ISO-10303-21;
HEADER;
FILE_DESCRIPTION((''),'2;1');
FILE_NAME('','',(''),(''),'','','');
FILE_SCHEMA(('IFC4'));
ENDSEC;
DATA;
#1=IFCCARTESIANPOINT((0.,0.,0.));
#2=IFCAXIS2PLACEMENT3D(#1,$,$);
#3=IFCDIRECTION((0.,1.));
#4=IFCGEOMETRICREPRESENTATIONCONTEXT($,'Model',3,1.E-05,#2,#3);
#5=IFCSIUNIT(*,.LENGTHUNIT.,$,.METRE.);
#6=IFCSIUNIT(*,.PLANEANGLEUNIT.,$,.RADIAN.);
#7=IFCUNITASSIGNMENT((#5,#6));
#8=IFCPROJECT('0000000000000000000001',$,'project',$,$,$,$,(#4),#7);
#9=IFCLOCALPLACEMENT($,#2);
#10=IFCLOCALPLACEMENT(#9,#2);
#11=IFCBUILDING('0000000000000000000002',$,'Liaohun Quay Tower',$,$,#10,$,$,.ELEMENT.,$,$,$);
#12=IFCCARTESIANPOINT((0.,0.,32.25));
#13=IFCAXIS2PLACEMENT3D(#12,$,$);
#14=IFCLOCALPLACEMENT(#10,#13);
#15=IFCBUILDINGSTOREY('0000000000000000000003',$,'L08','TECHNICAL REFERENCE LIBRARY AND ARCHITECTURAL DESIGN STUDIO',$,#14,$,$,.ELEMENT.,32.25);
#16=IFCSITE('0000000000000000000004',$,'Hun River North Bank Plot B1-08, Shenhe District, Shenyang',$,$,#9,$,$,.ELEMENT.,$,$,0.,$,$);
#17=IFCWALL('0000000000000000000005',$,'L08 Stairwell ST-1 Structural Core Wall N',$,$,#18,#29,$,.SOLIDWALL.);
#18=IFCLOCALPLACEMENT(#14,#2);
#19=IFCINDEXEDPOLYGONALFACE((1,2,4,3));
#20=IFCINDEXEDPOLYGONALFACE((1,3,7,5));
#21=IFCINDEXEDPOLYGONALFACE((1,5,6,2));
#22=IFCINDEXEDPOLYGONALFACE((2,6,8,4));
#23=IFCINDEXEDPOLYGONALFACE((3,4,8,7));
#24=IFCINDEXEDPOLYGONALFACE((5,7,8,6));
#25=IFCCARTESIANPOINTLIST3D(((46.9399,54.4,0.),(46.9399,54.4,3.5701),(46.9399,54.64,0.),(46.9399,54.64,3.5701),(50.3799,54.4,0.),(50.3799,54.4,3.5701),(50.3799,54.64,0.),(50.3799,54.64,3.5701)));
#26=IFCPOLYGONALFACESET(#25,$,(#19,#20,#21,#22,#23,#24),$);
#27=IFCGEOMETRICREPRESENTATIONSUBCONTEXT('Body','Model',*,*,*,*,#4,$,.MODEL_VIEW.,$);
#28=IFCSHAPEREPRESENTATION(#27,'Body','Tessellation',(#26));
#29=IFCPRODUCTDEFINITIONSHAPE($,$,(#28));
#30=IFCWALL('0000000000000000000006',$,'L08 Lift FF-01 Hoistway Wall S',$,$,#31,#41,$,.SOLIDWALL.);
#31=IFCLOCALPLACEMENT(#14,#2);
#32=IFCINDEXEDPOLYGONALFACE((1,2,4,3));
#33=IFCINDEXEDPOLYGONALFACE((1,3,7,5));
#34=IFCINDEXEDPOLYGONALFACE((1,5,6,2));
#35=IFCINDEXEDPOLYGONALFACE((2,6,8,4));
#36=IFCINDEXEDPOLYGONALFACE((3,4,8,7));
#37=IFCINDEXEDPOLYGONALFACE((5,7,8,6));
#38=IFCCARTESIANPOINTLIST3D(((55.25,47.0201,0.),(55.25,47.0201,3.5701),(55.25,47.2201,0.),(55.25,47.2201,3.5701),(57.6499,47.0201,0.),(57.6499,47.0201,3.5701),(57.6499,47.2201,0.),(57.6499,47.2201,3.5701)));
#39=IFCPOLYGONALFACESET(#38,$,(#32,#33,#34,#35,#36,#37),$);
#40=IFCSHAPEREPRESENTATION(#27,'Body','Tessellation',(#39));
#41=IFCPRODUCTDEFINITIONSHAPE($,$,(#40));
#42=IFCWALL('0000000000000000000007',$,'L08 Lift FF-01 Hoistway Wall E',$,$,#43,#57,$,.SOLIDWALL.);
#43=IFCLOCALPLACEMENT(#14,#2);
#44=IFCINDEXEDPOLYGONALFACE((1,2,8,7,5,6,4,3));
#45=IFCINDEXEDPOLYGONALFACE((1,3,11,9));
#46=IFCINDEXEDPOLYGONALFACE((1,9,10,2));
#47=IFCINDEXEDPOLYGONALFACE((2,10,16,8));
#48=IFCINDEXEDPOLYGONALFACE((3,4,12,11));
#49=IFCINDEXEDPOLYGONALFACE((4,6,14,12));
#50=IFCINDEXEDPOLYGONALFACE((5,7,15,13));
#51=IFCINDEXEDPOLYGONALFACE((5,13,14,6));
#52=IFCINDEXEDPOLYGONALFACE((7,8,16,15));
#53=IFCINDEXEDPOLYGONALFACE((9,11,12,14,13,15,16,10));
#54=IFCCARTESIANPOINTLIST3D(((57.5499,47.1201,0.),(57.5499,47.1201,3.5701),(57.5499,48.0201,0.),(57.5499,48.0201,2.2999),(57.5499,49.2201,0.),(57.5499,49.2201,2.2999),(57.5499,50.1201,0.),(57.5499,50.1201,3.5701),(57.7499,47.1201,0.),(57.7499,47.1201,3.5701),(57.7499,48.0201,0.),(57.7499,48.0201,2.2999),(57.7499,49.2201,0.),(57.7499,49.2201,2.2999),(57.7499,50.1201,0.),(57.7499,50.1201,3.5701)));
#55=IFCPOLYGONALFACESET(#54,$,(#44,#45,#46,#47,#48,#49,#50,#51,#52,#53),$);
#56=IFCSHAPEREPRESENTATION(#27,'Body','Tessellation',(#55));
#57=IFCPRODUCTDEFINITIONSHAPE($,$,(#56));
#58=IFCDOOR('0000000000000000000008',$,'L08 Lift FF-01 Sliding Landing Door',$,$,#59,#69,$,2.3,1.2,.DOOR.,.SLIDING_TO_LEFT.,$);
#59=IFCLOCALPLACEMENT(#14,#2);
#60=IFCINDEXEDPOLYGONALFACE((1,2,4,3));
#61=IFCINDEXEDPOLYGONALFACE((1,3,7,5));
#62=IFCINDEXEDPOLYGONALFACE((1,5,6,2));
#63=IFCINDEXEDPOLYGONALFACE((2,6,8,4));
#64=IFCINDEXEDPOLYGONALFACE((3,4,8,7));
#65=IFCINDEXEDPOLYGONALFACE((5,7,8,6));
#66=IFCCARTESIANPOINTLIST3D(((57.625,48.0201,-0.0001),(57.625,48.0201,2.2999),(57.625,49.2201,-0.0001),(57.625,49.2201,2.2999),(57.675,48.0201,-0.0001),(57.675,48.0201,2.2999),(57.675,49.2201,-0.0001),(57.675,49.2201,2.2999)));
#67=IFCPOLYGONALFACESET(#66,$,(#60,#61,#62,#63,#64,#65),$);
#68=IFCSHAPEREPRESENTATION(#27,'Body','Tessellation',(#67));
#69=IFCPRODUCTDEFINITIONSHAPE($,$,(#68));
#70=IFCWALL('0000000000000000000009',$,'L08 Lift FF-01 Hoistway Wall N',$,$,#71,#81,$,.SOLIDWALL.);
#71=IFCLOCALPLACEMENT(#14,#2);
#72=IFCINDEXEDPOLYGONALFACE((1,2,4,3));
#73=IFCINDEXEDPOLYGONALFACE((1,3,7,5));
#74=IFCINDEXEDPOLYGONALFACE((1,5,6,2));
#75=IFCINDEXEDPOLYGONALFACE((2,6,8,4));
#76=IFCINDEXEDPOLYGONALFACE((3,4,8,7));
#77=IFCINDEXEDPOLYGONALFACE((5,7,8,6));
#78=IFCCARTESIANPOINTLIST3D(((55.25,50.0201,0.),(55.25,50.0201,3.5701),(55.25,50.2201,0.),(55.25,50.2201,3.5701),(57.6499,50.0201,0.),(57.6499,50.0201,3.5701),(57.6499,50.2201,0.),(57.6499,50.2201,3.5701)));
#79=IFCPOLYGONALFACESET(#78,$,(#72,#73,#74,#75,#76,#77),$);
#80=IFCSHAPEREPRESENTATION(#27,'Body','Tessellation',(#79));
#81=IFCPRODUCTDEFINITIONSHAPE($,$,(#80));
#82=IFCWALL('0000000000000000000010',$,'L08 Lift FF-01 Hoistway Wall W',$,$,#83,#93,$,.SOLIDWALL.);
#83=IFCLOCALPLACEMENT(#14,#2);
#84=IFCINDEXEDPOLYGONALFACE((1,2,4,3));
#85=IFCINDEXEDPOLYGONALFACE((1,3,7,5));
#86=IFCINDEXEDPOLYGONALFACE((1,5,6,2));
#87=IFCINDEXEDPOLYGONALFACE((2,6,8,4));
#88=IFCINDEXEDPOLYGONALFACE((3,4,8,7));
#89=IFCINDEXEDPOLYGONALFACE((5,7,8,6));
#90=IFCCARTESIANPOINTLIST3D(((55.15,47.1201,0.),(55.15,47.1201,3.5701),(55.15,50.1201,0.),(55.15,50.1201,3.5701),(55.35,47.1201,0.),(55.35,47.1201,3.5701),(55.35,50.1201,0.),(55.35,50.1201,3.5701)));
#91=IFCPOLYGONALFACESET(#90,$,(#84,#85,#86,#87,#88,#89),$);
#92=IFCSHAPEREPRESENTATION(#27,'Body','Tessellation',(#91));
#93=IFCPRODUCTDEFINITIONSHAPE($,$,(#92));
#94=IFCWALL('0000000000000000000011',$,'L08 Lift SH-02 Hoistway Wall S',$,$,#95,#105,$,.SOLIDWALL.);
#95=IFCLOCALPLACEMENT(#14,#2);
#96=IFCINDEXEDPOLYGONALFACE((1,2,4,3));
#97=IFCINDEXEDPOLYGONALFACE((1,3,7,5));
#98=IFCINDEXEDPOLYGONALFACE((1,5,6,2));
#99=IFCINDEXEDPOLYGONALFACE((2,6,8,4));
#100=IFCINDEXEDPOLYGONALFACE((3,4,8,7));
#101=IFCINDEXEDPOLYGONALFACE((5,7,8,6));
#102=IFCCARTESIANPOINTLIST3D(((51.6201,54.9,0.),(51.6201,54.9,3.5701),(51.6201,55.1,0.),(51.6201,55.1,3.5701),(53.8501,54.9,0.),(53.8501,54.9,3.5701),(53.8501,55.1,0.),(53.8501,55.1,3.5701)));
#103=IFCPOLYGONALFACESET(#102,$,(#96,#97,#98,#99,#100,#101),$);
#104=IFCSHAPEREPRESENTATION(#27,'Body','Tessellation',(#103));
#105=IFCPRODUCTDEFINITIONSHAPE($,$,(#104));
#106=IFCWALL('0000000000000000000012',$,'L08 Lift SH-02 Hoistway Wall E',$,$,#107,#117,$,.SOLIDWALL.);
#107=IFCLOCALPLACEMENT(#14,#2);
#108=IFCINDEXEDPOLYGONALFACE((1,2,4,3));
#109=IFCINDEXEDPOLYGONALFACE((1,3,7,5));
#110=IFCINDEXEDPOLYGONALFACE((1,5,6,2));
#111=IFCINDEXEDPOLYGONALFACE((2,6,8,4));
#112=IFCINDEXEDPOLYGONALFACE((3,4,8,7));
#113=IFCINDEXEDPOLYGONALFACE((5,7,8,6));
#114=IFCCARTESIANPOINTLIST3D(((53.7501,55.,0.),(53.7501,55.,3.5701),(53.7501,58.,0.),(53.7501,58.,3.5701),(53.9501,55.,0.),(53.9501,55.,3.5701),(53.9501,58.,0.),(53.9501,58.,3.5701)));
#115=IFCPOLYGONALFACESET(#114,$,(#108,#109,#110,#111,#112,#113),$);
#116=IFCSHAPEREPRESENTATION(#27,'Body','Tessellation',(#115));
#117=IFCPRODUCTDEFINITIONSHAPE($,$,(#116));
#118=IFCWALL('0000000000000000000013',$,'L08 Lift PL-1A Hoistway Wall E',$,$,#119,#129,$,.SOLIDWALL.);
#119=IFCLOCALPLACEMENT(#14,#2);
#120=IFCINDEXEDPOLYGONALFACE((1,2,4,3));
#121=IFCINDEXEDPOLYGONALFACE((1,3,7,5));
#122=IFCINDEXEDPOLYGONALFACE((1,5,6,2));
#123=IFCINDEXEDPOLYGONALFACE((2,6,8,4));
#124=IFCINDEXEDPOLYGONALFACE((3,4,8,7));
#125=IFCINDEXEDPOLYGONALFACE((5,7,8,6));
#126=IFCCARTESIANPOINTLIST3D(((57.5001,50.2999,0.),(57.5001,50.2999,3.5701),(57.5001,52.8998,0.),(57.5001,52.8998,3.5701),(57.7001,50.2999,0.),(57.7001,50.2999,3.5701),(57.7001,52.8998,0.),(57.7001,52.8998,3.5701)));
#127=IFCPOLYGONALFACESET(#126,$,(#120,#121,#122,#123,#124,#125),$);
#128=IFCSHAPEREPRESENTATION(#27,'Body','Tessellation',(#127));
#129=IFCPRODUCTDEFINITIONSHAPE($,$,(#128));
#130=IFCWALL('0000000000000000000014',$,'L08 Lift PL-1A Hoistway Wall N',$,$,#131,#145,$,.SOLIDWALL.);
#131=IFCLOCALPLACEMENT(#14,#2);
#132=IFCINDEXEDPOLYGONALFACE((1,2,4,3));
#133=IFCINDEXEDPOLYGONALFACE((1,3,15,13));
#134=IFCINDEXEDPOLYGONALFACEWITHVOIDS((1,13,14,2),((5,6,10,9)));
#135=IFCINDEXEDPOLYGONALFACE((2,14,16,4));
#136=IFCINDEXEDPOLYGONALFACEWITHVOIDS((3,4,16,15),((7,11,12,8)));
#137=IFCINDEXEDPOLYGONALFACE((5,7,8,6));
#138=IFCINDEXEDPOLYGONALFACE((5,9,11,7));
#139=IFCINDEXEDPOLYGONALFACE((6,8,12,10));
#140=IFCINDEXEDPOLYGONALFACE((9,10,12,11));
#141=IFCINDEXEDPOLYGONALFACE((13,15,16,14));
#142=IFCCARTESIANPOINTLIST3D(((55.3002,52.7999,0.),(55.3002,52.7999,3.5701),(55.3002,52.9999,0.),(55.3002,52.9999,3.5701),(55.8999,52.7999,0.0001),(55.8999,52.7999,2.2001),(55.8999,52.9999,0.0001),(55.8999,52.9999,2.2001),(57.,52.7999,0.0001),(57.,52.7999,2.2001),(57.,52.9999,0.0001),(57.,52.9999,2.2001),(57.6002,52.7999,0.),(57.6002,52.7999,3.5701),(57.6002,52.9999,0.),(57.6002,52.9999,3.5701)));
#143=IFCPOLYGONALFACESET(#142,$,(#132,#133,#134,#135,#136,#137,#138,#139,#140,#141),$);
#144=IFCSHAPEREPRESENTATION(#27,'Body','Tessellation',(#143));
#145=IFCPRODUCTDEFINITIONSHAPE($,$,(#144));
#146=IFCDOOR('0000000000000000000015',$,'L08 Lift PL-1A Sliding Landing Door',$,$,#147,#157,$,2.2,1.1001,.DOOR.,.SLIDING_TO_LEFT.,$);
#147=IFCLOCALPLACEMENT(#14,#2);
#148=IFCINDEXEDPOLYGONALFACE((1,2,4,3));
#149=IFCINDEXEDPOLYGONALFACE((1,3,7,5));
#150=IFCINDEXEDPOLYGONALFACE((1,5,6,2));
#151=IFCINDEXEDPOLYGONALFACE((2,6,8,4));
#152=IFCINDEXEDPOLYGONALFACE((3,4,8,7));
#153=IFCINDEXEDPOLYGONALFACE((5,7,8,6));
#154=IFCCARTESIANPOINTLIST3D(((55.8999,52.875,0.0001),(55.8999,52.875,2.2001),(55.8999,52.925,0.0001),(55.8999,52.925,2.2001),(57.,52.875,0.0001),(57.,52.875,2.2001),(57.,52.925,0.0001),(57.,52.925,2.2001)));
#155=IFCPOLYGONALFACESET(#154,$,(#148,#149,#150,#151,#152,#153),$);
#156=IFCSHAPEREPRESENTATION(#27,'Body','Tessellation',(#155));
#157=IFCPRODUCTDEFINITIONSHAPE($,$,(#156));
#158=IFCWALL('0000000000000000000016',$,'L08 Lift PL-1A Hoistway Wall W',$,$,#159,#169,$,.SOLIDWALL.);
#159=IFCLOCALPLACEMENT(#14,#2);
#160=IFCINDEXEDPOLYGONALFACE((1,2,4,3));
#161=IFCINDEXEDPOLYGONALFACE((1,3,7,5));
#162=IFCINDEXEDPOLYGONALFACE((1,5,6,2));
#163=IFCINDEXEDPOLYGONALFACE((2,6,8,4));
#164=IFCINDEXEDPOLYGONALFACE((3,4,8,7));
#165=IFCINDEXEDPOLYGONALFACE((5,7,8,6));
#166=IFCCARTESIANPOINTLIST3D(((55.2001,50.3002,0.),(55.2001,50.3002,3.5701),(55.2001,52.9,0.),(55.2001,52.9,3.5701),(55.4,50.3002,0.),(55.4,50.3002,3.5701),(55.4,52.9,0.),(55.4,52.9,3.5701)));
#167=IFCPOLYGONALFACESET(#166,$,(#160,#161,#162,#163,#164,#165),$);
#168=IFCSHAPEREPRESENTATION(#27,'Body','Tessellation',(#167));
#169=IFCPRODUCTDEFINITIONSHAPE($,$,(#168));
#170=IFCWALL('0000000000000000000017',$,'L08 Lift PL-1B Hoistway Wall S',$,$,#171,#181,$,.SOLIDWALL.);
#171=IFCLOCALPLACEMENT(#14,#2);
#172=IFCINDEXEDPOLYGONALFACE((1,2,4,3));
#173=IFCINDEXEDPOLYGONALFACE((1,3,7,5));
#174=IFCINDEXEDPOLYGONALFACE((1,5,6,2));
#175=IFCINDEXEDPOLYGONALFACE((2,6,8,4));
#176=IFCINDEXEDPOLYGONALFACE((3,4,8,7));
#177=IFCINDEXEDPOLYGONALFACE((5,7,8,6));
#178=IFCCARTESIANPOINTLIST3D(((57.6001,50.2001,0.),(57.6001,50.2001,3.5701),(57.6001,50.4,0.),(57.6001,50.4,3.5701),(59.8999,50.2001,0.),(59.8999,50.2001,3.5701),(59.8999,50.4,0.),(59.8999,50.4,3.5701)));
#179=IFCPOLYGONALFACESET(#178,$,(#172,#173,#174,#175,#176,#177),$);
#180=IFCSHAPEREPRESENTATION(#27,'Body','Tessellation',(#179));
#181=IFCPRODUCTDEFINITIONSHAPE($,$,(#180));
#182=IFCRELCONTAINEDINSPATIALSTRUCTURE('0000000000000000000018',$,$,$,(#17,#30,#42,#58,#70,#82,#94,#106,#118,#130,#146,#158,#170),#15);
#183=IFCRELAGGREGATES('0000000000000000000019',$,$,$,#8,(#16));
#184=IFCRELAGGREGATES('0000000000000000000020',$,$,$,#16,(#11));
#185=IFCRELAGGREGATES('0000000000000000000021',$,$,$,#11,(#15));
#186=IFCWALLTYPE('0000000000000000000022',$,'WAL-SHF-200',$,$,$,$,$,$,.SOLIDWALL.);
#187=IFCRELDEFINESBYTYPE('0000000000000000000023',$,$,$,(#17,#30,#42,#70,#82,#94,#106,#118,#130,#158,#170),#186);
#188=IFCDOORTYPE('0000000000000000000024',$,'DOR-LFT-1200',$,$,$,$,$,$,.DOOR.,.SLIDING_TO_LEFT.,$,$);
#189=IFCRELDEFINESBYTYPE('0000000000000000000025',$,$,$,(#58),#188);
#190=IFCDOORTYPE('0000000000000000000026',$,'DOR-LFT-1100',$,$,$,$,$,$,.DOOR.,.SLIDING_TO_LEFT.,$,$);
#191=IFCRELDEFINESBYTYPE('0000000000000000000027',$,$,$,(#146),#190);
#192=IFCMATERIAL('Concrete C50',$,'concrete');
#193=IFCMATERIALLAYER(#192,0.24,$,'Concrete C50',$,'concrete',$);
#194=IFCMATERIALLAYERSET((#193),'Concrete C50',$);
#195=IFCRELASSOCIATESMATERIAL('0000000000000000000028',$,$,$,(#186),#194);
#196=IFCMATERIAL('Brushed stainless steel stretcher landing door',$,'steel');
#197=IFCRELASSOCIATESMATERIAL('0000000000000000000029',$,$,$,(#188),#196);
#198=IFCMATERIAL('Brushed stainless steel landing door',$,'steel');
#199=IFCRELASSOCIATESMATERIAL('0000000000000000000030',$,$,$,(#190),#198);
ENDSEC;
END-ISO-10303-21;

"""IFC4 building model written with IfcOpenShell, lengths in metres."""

from ifc_helpers import new_model, si_unit, direction, frame, frame_2d, origin, place, context, subcontext, project, spatial, rectangle, extrude, source, transform, mapped, material, layer, layer_set, type_object, element, fill, save


model = new_model("IFC4")

# Units and contexts
model_context = context("Model", 3, precision=1e-05, world=origin(), true_north=direction((0.0, 1.0)))
body_context = subcontext(model_context, "Body", "Model", "MODEL_VIEW")
ifc_project = project(units=[si_unit("LENGTHUNIT", "METRE"), si_unit("PLANEANGLEUNIT", "RADIAN")], contexts=[model_context])

# Site, building, storey
site_placement = place(None, origin())
site = spatial("IfcSite", under=ifc_project, at=site_placement, Name="Hun River North Bank Plot B1-08, Shenhe District, Shenyang", CompositionType="ELEMENT", RefElevation=0.0)
building_placement = place(site_placement, origin())
building = spatial("IfcBuilding", under=site, at=building_placement, Name="Liaohun Quay Tower", CompositionType="ELEMENT")
storey_placement = place(building_placement, frame((0.0, 0.0, 32.25)))
storey = spatial("IfcBuildingStorey", under=building, at=storey_placement, Name="L08", Description="TECHNICAL REFERENCE LIBRARY AND ARCHITECTURAL DESIGN STUDIO", CompositionType="ELEMENT", Elevation=32.25)

# Shared definitions
ifc_material_1 = material(Name="Concrete C50", Category="concrete")

# Walls
ifc_layer_1 = layer(ifc_material_1, 0.24, Name="Concrete C50", Category="concrete")
ifc_layer_set_1 = layer_set([ifc_layer_1], Name="Concrete C50")
wall_type_1 = type_object("IfcWallType", Name="WAL-SHF-200", PredefinedType="SOLIDWALL", material=ifc_layer_set_1)
wall_1_placement = place(storey_placement, frame((50.3799, 54.52, 0.0), z_axis=(0.0, 0.0, 1.0), x_axis=(-1.0, 0.0, 0.0)))
element("IfcWall", 1, at=wall_1_placement, inside=storey, type_object=wall_type_1, Name="L08 Stairwell ST-1 Structural Core Wall N", PredefinedType="SOLIDWALL", context=body_context, shape_type="SweptSolid", body=[
    extrude(rectangle(XDim=3.4399, YDim=0.24, at=frame_2d((1.72, 0.0))), origin(), (0.0, 0.0, 1.0), 3.5701),
])
wall_2_placement = place(storey_placement, frame((55.25, 47.1201, 0.0), z_axis=(0.0, 0.0, 1.0), x_axis=(1.0, 0.0, 0.0)))
element("IfcWall", 2, at=wall_2_placement, inside=storey, type_object=wall_type_1, Name="L08 Lift FF-01 Hoistway Wall S", PredefinedType="SOLIDWALL", context=body_context, shape_type="SweptSolid", body=[
    extrude(rectangle(XDim=2.3999, YDim=0.2, at=frame_2d((1.2, 0.0))), origin(), (0.0, 0.0, 1.0), 3.5701),
])

# Wall, opening, door
wall_3_placement = place(storey_placement, frame((57.6499, 47.1201, 0.0), z_axis=(0.0, 0.0, 1.0), x_axis=(0.0, 1.0, 0.0)))
wall_3 = element("IfcWall", 3, at=wall_3_placement, inside=storey, type_object=wall_type_1, Name="L08 Lift FF-01 Hoistway Wall E", PredefinedType="SOLIDWALL", context=body_context, shape_type="SweptSolid", body=[
    extrude(rectangle(XDim=3.0, YDim=0.2, at=frame_2d((1.5, 0.0))), origin(), (0.0, 0.0, 1.0), 3.5701),
])
shared_shape_1 = source(origin(), body_context, "Body", "SweptSolid", [
    extrude(rectangle(XDim=1.2, YDim=2.3, at=frame_2d((0.6001, 1.1499))), frame((0.0, 0.1099, 0.0), z_axis=(0.0, -1.0, 0.0), x_axis=(1.0, 0.0, 0.0)), (0.0, 0.0, 1.0), 0.22),
])
opening_1_placement = place(wall_3_placement, frame((0.8999, 0.0, 0.0)))
opening_1 = element("IfcOpeningElement", 4, at=opening_1_placement, cuts=wall_3, PredefinedType="OPENING", context=body_context, shape_type="MappedRepresentation", body=[
    mapped(shared_shape_1, transform((0.0, 0.0, 0.0), x_axis=(1.0, 0.0, 0.0), y_axis=(0.0, 1.0, 0.0), z_axis=(0.0, 0.0, 1.0), scale=1.0)),
])
ifc_material_2 = material(Name="Brushed stainless steel stretcher landing door", Category="steel")
door_type_1 = type_object("IfcDoorType", Name="DOR-LFT-1200", OperationType="SLIDING_TO_LEFT", PredefinedType="DOOR", material=ifc_material_2)
shared_shape_2 = source(origin(), body_context, "Body", "SweptSolid", [
    extrude(rectangle(XDim=1.2, YDim=2.3, at=frame_2d((0.6001, 1.1499))), frame((0.0, 0.0249, 0.0), z_axis=(0.0, -1.0, 0.0), x_axis=(1.0, 0.0, 0.0)), (0.0, 0.0, 1.0), 0.05),
])
door_1_placement = place(opening_1_placement, origin())
door_1 = element("IfcDoor", 5, at=door_1_placement, inside=storey, type_object=door_type_1, Name="L08 Lift FF-01 Sliding Landing Door", OperationType="SLIDING_TO_LEFT", OverallHeight=2.3, OverallWidth=1.2, PredefinedType="DOOR", context=body_context, shape_type="MappedRepresentation", body=[
    mapped(shared_shape_2, transform((0.0, 0.0, 0.0), x_axis=(1.0, 0.0, 0.0), y_axis=(0.0, 1.0, 0.0), z_axis=(0.0, 0.0, 1.0), scale=1.0)),
])
fill(opening_1, door_1)

# Walls
wall_4_placement = place(storey_placement, frame((57.6499, 50.1201, 0.0), z_axis=(0.0, 0.0, 1.0), x_axis=(-1.0, 0.0, 0.0)))
element("IfcWall", 6, at=wall_4_placement, inside=storey, type_object=wall_type_1, Name="L08 Lift FF-01 Hoistway Wall N", PredefinedType="SOLIDWALL", context=body_context, shape_type="SweptSolid", body=[
    extrude(rectangle(XDim=2.3999, YDim=0.2, at=frame_2d((1.2, 0.0))), origin(), (0.0, 0.0, 1.0), 3.5701),
])
wall_5_placement = place(storey_placement, frame((55.25, 50.1201, 0.0), z_axis=(0.0, 0.0, 1.0), x_axis=(0.0, -1.0, 0.0)))
element("IfcWall", 7, at=wall_5_placement, inside=storey, type_object=wall_type_1, Name="L08 Lift FF-01 Hoistway Wall W", PredefinedType="SOLIDWALL", context=body_context, shape_type="SweptSolid", body=[
    extrude(rectangle(XDim=3.0, YDim=0.2, at=frame_2d((1.5, 0.0))), origin(), (0.0, 0.0, 1.0), 3.5701),
])
wall_6_placement = place(storey_placement, frame((51.6201, 55.0, 0.0), z_axis=(0.0, 0.0, 1.0), x_axis=(1.0, 0.0, 0.0)))
element("IfcWall", 8, at=wall_6_placement, inside=storey, type_object=wall_type_1, Name="L08 Lift SH-02 Hoistway Wall S", PredefinedType="SOLIDWALL", context=body_context, shape_type="SweptSolid", body=[
    extrude(rectangle(XDim=2.23, YDim=0.2, at=frame_2d((1.115, 0.0))), origin(), (0.0, 0.0, 1.0), 3.5701),
])
wall_7_placement = place(storey_placement, frame((53.8501, 55.0, 0.0), z_axis=(0.0, 0.0, 1.0), x_axis=(0.0, 1.0, 0.0)))
element("IfcWall", 9, at=wall_7_placement, inside=storey, type_object=wall_type_1, Name="L08 Lift SH-02 Hoistway Wall E", PredefinedType="SOLIDWALL", context=body_context, shape_type="SweptSolid", body=[
    extrude(rectangle(XDim=3.0, YDim=0.2, at=frame_2d((1.5, 0.0))), origin(), (0.0, 0.0, 1.0), 3.5701),
])
wall_8_placement = place(storey_placement, frame((57.6001, 50.3, 0.0), z_axis=(0.0, 0.0, 1.0), x_axis=(0.0, 1.0, 0.0)))
element("IfcWall", 10, at=wall_8_placement, inside=storey, type_object=wall_type_1, Name="L08 Lift PL-1A Hoistway Wall E", PredefinedType="SOLIDWALL", context=body_context, shape_type="SweptSolid", body=[
    extrude(rectangle(XDim=2.5999, YDim=0.2, at=frame_2d((1.2998, 0.0))), origin(), (0.0, 0.0, 1.0), 3.5701),
])

# Wall, opening, door
wall_9_placement = place(storey_placement, frame((57.6001, 52.8999, 0.0), z_axis=(0.0, 0.0, 1.0), x_axis=(-1.0, 0.0, 0.0)))
wall_9 = element("IfcWall", 11, at=wall_9_placement, inside=storey, type_object=wall_type_1, Name="L08 Lift PL-1A Hoistway Wall N", PredefinedType="SOLIDWALL", context=body_context, shape_type="SweptSolid", body=[
    extrude(rectangle(XDim=2.3, YDim=0.2, at=frame_2d((1.1499, 0.0))), origin(), (0.0, 0.0, 1.0), 3.5701),
])
shared_shape_3 = source(origin(), body_context, "Body", "SweptSolid", [
    extrude(rectangle(XDim=1.1001, YDim=2.2, at=frame_2d((0.55, 1.1001))), frame((0.0, 0.1099, 0.0), z_axis=(0.0, -1.0, 0.0), x_axis=(1.0, 0.0, 0.0)), (0.0, 0.0, 1.0), 0.22),
])
opening_2_placement = place(wall_9_placement, frame((0.6001, 0.0, 0.0)))
opening_2 = element("IfcOpeningElement", 12, at=opening_2_placement, cuts=wall_9, PredefinedType="OPENING", context=body_context, shape_type="MappedRepresentation", body=[
    mapped(shared_shape_3, transform((0.0, 0.0, 0.0), x_axis=(1.0, 0.0, 0.0), y_axis=(0.0, 1.0, 0.0), z_axis=(0.0, 0.0, 1.0), scale=1.0)),
])
ifc_material_3 = material(Name="Brushed stainless steel landing door", Category="steel")
door_type_2 = type_object("IfcDoorType", Name="DOR-LFT-1100", OperationType="SLIDING_TO_LEFT", PredefinedType="DOOR", material=ifc_material_3)
shared_shape_4 = source(origin(), body_context, "Body", "SweptSolid", [
    extrude(rectangle(XDim=1.1001, YDim=2.2, at=frame_2d((0.55, 1.1001))), frame((0.0, 0.0249, 0.0), z_axis=(0.0, -1.0, 0.0), x_axis=(1.0, 0.0, 0.0)), (0.0, 0.0, 1.0), 0.05),
])
door_2_placement = place(opening_2_placement, origin())
door_2 = element("IfcDoor", 13, at=door_2_placement, inside=storey, type_object=door_type_2, Name="L08 Lift PL-1A Sliding Landing Door", OperationType="SLIDING_TO_LEFT", OverallHeight=2.2, OverallWidth=1.1001, PredefinedType="DOOR", context=body_context, shape_type="MappedRepresentation", body=[
    mapped(shared_shape_4, transform((0.0, 0.0, 0.0), x_axis=(1.0, 0.0, 0.0), y_axis=(0.0, 1.0, 0.0), z_axis=(0.0, 0.0, 1.0), scale=1.0)),
])
fill(opening_2, door_2)

# Walls
wall_10_placement = place(storey_placement, frame((55.3, 52.8999, 0.0), z_axis=(0.0, 0.0, 1.0), x_axis=(0.0, -1.0, 0.0)))
element("IfcWall", 14, at=wall_10_placement, inside=storey, type_object=wall_type_1, Name="L08 Lift PL-1A Hoistway Wall W", PredefinedType="SOLIDWALL", context=body_context, shape_type="SweptSolid", body=[
    extrude(rectangle(XDim=2.5999, YDim=0.2, at=frame_2d((1.2998, 0.0))), origin(), (0.0, 0.0, 1.0), 3.5701),
])
wall_11_placement = place(storey_placement, frame((57.6001, 50.3, 0.0), z_axis=(0.0, 0.0, 1.0), x_axis=(1.0, 0.0, 0.0)))
element("IfcWall", 15, at=wall_11_placement, inside=storey, type_object=wall_type_1, Name="L08 Lift PL-1B Hoistway Wall S", PredefinedType="SOLIDWALL", context=body_context, shape_type="SweptSolid", body=[
    extrude(rectangle(XDim=2.2998, YDim=0.2, at=frame_2d((1.1499, 0.0))), origin(), (0.0, 0.0, 1.0), 3.5701),
])

save(model, "model.ifc")
